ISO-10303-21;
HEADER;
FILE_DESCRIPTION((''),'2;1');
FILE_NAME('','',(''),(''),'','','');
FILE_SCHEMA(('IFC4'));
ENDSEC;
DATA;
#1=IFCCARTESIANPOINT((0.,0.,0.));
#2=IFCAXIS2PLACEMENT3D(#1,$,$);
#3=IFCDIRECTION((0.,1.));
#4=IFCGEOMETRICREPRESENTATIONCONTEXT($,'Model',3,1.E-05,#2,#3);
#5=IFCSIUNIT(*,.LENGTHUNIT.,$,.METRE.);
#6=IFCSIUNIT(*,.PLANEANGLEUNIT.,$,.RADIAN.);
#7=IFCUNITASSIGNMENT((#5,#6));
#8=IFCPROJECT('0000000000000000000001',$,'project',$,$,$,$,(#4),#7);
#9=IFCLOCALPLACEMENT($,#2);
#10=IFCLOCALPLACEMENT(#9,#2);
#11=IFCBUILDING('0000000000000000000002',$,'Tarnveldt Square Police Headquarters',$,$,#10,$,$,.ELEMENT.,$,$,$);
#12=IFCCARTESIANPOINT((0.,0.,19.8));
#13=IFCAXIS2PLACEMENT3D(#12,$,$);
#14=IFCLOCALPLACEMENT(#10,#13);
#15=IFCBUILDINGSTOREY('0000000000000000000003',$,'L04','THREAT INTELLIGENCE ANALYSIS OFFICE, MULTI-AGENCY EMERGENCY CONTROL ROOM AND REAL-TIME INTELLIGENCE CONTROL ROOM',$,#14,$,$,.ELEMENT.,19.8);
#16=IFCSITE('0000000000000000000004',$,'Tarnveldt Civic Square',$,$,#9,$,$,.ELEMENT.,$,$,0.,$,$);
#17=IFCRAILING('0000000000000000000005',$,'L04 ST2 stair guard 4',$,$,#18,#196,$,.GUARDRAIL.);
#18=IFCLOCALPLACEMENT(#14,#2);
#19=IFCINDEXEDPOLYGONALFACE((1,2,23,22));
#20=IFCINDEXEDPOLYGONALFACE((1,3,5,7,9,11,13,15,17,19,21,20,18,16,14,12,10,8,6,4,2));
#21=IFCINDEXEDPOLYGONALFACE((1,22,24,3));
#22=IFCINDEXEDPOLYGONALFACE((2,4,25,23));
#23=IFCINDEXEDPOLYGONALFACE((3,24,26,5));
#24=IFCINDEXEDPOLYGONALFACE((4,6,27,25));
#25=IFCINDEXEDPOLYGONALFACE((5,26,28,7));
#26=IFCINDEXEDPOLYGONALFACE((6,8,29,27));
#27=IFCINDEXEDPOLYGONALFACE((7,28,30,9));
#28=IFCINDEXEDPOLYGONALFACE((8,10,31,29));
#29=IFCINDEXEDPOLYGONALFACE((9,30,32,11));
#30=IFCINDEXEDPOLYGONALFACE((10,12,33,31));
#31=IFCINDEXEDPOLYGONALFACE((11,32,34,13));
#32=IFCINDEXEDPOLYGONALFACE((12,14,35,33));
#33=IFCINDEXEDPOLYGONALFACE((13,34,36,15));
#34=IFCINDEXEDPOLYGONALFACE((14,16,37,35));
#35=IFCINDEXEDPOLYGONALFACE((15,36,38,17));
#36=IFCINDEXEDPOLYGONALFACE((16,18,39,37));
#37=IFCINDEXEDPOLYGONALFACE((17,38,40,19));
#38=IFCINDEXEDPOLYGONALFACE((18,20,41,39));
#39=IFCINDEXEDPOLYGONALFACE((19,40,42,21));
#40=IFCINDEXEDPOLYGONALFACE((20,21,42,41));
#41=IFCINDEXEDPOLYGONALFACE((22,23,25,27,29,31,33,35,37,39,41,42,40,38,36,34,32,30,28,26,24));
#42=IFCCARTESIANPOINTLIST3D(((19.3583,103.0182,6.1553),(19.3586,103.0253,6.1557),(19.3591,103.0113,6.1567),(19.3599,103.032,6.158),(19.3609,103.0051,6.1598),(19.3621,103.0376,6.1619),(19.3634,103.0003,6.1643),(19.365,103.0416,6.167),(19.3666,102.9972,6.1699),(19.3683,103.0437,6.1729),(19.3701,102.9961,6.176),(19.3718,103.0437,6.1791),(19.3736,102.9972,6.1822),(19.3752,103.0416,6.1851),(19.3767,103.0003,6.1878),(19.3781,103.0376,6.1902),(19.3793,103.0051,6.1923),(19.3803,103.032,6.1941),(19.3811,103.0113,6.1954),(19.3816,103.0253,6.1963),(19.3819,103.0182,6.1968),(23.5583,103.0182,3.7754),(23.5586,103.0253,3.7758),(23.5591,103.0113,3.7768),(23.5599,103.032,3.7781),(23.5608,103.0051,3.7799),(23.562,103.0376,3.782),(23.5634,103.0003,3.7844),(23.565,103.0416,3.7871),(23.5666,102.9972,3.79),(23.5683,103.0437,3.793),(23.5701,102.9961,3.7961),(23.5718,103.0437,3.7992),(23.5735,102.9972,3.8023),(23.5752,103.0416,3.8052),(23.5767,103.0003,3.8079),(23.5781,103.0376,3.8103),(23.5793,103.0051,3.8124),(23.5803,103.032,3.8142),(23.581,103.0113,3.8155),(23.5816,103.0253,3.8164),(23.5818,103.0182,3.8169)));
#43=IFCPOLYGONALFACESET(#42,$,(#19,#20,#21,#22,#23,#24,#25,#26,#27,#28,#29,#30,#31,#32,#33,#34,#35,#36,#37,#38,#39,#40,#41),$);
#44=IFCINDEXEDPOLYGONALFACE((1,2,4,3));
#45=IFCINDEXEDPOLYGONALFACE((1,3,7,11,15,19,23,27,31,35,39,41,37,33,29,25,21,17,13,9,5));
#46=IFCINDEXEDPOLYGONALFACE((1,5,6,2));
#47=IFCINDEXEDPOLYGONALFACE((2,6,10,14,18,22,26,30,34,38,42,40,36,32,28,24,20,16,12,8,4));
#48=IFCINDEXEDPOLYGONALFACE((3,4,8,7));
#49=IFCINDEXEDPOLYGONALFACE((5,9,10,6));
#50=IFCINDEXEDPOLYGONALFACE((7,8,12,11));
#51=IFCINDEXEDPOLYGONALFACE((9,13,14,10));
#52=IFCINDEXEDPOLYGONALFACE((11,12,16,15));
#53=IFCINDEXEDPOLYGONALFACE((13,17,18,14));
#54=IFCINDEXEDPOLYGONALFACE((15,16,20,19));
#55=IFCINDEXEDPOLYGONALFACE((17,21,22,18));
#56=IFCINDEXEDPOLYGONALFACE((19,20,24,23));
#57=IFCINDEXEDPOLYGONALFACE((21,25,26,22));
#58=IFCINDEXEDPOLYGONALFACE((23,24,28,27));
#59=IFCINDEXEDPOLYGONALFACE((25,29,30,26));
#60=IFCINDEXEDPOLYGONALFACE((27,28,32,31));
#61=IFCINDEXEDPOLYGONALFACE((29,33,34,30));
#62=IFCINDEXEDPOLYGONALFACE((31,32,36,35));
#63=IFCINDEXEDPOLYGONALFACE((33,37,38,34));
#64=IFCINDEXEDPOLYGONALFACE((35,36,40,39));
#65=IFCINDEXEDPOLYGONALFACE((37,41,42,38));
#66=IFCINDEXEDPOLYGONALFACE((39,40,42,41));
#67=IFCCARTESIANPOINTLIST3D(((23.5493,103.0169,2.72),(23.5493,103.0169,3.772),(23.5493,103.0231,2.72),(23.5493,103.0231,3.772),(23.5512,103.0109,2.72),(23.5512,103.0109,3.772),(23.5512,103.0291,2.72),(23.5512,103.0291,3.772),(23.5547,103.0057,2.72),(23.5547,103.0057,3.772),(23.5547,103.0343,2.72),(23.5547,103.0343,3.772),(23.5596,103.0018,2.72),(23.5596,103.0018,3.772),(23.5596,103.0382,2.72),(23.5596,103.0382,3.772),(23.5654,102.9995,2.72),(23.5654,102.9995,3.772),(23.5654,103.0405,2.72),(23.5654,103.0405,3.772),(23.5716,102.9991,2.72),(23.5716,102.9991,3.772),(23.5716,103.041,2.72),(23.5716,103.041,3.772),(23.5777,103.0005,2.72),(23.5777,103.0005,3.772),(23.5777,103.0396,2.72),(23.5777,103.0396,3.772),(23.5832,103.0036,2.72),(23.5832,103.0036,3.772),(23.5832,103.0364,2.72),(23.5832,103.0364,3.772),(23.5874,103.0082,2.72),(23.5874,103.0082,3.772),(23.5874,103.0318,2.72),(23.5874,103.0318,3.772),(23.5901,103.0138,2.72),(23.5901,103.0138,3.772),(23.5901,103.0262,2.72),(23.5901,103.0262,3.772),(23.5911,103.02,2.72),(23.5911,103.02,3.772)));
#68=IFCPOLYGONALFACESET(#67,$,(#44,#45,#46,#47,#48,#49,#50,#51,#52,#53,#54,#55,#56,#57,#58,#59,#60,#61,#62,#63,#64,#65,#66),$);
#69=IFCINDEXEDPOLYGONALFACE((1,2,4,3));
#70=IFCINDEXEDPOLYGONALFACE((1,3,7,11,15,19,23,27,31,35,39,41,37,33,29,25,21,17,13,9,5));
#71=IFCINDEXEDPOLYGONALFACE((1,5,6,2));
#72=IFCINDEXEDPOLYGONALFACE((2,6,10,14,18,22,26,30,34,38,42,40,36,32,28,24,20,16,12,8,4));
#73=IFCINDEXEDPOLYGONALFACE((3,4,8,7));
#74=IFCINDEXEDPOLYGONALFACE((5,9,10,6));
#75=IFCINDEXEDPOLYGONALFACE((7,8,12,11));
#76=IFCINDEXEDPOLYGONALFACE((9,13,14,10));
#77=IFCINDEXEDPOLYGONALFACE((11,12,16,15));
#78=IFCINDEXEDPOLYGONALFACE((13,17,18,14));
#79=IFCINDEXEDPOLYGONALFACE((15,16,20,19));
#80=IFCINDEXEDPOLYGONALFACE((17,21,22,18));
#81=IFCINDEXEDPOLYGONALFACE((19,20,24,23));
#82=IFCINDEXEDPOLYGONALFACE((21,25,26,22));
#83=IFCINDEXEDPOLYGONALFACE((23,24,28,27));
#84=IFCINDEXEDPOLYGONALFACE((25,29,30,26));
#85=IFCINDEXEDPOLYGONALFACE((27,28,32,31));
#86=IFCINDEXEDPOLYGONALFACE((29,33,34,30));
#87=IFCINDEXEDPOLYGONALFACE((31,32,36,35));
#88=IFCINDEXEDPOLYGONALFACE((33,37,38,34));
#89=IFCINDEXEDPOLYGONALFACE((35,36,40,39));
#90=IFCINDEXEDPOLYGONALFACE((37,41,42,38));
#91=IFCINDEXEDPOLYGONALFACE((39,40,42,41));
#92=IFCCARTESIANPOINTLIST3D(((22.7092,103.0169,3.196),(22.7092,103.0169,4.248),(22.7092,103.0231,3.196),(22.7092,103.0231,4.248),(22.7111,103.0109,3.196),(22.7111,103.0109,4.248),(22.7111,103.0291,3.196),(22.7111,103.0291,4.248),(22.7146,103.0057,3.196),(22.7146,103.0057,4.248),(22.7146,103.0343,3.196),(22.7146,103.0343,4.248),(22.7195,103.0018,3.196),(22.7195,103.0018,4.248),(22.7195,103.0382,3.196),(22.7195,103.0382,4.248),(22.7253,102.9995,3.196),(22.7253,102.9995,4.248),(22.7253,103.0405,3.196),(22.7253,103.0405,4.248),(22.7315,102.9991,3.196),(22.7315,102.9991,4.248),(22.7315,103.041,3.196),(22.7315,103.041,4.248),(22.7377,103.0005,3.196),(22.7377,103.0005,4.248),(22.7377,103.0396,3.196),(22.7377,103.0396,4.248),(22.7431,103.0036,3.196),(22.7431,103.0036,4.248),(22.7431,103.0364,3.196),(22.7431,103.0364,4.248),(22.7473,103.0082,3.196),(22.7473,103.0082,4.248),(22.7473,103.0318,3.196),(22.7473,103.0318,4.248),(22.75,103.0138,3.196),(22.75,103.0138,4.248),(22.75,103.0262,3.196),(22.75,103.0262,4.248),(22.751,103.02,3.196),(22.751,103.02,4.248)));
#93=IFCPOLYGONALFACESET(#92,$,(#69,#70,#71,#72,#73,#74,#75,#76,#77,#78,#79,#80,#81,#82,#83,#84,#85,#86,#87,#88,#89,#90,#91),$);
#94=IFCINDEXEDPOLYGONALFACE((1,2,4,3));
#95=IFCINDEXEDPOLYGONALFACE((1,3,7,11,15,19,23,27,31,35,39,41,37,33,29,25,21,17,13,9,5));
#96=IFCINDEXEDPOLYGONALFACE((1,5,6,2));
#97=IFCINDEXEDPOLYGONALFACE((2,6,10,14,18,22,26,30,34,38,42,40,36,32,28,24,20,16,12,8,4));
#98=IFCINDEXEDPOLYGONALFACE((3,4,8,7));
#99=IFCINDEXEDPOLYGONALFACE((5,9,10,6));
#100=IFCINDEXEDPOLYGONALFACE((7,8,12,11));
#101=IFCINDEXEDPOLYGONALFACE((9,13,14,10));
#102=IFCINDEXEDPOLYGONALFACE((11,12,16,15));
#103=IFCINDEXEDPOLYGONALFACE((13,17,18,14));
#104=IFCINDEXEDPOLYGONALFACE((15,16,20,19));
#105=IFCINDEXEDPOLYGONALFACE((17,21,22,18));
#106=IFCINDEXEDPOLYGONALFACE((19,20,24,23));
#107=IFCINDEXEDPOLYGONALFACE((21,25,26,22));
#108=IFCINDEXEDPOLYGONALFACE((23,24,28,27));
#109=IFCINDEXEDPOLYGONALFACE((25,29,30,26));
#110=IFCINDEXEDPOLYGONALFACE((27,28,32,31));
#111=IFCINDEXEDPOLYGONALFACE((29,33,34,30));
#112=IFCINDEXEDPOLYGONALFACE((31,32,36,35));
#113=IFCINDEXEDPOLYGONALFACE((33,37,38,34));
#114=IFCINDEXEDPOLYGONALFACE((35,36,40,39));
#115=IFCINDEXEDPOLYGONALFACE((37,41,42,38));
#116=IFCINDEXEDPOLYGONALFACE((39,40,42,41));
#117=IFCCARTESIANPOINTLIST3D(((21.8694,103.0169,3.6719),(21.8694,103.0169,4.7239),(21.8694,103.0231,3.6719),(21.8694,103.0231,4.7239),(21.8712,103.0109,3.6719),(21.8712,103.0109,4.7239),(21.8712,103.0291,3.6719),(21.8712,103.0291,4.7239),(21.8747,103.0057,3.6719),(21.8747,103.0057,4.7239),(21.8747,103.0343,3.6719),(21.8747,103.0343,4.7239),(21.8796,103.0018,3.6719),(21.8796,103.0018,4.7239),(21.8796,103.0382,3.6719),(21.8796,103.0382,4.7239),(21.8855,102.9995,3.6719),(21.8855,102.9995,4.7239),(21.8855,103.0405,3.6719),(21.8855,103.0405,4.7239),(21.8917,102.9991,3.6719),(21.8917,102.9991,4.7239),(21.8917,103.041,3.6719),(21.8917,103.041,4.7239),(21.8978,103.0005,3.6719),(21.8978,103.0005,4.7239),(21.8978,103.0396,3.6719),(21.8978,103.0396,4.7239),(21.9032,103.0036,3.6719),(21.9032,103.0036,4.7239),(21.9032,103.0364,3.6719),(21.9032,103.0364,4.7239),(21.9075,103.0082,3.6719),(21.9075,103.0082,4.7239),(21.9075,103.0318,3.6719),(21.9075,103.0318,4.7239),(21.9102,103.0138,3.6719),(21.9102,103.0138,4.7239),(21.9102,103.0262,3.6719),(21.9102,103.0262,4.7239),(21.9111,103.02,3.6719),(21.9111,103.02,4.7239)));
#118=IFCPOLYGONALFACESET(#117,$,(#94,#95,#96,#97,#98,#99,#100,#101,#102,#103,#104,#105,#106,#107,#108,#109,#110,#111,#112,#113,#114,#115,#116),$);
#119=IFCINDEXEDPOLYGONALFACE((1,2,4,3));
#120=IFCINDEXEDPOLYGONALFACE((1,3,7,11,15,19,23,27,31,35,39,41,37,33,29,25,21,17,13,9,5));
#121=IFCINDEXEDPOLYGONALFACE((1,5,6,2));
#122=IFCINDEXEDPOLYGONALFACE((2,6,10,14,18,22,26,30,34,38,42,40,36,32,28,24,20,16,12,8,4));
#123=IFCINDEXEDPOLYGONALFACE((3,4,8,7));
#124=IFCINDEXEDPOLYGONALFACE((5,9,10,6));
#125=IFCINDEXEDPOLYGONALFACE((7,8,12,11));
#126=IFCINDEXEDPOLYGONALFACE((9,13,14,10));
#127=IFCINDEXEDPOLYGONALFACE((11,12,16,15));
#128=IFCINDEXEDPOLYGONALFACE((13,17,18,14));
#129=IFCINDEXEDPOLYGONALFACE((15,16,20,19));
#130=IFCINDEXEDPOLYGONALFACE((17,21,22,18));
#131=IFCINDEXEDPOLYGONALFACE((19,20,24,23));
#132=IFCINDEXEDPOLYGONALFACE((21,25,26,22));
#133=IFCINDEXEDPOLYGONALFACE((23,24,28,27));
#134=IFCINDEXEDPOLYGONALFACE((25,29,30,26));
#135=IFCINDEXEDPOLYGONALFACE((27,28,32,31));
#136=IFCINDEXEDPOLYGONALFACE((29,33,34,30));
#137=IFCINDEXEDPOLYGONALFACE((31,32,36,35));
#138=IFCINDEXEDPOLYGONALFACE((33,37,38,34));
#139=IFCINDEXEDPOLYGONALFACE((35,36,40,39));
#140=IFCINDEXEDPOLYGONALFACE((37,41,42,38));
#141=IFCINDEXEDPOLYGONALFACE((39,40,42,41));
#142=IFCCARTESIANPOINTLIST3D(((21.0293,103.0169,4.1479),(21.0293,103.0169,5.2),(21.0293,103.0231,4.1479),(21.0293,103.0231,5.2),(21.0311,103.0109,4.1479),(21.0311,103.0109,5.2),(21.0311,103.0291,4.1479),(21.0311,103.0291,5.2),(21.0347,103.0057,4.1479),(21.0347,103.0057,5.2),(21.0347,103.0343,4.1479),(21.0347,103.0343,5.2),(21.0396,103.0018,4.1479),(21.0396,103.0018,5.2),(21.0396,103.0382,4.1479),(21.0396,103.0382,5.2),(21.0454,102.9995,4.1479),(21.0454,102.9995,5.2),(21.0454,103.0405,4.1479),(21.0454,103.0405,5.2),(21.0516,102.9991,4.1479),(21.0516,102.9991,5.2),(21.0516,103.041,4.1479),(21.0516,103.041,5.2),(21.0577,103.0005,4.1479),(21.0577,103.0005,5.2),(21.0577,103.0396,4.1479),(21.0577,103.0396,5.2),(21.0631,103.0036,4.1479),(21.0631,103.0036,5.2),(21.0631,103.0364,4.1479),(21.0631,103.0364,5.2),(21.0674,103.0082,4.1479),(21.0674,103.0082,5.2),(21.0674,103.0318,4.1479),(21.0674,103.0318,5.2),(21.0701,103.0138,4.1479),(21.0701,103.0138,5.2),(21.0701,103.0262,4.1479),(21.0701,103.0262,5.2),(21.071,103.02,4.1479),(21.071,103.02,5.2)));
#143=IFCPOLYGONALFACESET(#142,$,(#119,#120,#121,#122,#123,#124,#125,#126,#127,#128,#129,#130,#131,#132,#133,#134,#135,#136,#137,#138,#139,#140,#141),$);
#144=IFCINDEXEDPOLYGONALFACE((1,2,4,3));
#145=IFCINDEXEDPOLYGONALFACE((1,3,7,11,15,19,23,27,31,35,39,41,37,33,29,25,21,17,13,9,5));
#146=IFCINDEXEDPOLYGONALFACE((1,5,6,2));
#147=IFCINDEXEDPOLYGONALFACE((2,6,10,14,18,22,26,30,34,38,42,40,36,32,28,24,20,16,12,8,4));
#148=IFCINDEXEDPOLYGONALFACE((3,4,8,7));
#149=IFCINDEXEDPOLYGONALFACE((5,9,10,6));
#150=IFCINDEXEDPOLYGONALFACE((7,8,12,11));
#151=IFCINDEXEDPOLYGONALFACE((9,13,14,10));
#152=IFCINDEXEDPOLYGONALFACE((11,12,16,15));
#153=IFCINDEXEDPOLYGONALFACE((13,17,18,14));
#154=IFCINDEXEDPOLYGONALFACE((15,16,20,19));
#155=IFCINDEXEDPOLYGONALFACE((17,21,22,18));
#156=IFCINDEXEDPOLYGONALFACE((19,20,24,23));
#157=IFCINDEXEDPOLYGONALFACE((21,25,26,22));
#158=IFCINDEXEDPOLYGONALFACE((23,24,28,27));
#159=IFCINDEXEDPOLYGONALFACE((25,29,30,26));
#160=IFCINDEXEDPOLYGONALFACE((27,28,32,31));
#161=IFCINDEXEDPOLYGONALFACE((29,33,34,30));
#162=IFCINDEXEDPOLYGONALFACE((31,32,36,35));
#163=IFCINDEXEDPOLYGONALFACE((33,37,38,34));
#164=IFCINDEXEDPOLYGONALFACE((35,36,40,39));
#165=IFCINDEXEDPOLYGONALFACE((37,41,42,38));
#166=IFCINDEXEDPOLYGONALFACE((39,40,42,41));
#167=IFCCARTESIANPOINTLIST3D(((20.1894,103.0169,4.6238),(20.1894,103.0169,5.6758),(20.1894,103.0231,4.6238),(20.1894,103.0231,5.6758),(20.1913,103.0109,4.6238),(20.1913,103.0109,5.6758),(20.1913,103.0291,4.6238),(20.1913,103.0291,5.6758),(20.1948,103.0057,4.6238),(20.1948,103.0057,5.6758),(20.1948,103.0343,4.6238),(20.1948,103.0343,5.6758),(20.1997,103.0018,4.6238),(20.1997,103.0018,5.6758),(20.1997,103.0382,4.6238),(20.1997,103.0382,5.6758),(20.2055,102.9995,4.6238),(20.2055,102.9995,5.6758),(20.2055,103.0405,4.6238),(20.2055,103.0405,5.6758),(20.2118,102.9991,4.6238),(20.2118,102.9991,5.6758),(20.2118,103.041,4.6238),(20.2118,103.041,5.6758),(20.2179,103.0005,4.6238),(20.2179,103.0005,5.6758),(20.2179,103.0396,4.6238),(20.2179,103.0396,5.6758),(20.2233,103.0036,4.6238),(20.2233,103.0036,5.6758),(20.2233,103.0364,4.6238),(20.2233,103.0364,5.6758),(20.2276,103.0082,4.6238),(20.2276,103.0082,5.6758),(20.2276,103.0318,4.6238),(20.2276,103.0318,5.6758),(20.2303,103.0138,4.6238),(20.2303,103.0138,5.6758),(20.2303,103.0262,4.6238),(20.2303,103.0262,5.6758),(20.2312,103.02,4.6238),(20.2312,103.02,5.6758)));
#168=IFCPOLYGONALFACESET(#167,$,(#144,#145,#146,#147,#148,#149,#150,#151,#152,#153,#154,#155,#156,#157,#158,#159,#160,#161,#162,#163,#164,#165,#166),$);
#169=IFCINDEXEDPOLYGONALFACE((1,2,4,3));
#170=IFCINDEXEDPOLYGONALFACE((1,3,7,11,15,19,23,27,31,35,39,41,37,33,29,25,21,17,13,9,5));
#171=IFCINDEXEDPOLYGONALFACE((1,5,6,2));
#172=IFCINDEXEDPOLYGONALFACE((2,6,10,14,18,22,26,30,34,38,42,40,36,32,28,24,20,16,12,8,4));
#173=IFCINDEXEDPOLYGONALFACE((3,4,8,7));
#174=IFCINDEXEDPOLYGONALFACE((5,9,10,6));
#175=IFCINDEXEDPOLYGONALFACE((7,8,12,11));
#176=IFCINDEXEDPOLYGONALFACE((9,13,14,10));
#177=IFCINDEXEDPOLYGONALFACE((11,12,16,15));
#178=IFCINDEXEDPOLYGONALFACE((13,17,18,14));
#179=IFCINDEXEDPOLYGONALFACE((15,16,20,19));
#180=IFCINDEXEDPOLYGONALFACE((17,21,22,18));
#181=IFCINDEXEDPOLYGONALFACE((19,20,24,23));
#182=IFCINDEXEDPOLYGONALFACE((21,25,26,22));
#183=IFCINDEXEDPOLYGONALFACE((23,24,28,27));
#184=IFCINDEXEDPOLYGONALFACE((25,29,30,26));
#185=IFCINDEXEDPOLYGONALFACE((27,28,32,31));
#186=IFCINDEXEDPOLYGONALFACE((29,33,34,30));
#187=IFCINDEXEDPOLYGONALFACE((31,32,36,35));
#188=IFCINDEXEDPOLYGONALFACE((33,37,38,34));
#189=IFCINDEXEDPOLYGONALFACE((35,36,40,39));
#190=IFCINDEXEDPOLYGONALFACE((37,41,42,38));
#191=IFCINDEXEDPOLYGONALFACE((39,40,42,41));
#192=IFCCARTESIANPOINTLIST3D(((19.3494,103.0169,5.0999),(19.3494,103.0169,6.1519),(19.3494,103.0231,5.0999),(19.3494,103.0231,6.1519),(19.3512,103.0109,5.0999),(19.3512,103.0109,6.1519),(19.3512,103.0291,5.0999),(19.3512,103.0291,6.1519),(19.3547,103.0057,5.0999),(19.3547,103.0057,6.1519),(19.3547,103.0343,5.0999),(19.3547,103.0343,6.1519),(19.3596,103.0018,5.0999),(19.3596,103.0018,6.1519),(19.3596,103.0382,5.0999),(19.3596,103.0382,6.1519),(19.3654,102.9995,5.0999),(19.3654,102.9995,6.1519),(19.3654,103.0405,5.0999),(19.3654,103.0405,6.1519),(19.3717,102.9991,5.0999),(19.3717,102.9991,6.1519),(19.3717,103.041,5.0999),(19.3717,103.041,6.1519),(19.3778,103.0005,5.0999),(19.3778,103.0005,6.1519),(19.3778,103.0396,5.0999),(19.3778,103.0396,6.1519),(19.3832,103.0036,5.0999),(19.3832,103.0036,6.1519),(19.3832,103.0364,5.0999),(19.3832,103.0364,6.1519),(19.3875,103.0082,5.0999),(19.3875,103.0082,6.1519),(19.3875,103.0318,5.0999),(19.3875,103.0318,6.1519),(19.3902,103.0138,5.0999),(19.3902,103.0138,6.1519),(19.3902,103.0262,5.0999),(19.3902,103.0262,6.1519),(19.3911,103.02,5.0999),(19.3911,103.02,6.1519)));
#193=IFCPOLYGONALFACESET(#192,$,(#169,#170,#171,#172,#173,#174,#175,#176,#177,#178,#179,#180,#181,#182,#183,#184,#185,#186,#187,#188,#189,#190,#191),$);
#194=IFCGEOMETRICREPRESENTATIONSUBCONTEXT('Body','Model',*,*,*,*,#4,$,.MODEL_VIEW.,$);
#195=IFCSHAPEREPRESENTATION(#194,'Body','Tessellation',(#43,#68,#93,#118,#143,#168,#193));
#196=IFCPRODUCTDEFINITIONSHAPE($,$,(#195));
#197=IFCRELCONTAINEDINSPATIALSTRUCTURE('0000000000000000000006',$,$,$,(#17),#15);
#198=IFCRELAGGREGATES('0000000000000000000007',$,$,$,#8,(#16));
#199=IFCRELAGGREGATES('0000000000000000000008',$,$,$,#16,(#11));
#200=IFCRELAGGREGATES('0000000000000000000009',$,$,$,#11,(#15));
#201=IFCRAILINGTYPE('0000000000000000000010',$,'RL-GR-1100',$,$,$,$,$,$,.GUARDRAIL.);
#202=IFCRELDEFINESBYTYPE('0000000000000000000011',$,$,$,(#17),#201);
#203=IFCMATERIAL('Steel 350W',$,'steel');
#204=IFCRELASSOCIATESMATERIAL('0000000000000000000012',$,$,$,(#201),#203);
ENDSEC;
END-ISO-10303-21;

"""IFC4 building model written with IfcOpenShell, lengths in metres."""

from ifc_helpers import new_model, si_unit, direction, frame, origin, origin_2d, place, context, subcontext, project, spatial, circle, extrude, material, type_object, element, save


model = new_model("IFC4")

# Units and contexts
model_context = context("Model", 3, precision=1e-05, world=origin(), true_north=direction((0.0, 1.0)))
body_context = subcontext(model_context, "Body", "Model", "MODEL_VIEW")
ifc_project = project(units=[si_unit("LENGTHUNIT", "METRE"), si_unit("PLANEANGLEUNIT", "RADIAN")], contexts=[model_context])

# Site, building, storey
site_placement = place(None, origin())
site = spatial("IfcSite", under=ifc_project, at=site_placement, Name="Tarnveldt Civic Square", CompositionType="ELEMENT", RefElevation=0.0)
building_placement = place(site_placement, origin())
building = spatial("IfcBuilding", under=site, at=building_placement, Name="Tarnveldt Square Police Headquarters", CompositionType="ELEMENT")
storey_placement = place(building_placement, frame((0.0, 0.0, 19.8)))
storey = spatial("IfcBuildingStorey", under=building, at=storey_placement, Name="L04", Description="THREAT INTELLIGENCE ANALYSIS OFFICE, MULTI-AGENCY EMERGENCY CONTROL ROOM AND REAL-TIME INTELLIGENCE CONTROL ROOM", CompositionType="ELEMENT", Elevation=19.8)

# Shared definitions
ifc_material_1 = material(Name="Steel 350W", Category="steel")

# Railing
railing_type_1 = type_object("IfcRailingType", Name="RL-GR-1100", PredefinedType="GUARDRAIL", material=ifc_material_1)
railing_1_placement = place(storey_placement, frame((23.5701, 103.02, 2.72)))
element("IfcRailing", 1, at=railing_1_placement, inside=storey, type_object=railing_type_1, Name="L04 ST2 stair guard 4", PredefinedType="GUARDRAIL", context=body_context, shape_type="SweptSolid", body=[
    extrude(circle(Radius=0.0239, at=origin_2d()), frame((0.0, 0.0, 1.0762), z_axis=(-0.87003, 0.0, 0.492999), x_axis=(0.0, -1.0, 0.0)), (0.0, 0.0, 1.0), 4.8274),
    extrude(circle(Radius=0.021, at=origin_2d()), origin(), (0.0, 0.0, 1.0), 1.052),
    extrude(circle(Radius=0.021, at=origin_2d()), frame((-0.8401, 0.0, 0.4761)), (0.0, 0.0, 1.0), 1.052),
    extrude(circle(Radius=0.021, at=origin_2d()), frame((-1.6799, 0.0, 0.9519)), (0.0, 0.0, 1.0), 1.052),
    extrude(circle(Radius=0.021, at=origin_2d()), frame((-2.52, 0.0, 1.428)), (0.0, 0.0, 1.0), 1.052),
    extrude(circle(Radius=0.021, at=origin_2d()), frame((-3.3599, 0.0, 1.9038)), (0.0, 0.0, 1.0), 1.052),
    extrude(circle(Radius=0.021, at=origin_2d()), frame((-4.2, 0.0, 2.3799)), (0.0, 0.0, 1.0), 1.052),
])

save(model, "model.ifc")
